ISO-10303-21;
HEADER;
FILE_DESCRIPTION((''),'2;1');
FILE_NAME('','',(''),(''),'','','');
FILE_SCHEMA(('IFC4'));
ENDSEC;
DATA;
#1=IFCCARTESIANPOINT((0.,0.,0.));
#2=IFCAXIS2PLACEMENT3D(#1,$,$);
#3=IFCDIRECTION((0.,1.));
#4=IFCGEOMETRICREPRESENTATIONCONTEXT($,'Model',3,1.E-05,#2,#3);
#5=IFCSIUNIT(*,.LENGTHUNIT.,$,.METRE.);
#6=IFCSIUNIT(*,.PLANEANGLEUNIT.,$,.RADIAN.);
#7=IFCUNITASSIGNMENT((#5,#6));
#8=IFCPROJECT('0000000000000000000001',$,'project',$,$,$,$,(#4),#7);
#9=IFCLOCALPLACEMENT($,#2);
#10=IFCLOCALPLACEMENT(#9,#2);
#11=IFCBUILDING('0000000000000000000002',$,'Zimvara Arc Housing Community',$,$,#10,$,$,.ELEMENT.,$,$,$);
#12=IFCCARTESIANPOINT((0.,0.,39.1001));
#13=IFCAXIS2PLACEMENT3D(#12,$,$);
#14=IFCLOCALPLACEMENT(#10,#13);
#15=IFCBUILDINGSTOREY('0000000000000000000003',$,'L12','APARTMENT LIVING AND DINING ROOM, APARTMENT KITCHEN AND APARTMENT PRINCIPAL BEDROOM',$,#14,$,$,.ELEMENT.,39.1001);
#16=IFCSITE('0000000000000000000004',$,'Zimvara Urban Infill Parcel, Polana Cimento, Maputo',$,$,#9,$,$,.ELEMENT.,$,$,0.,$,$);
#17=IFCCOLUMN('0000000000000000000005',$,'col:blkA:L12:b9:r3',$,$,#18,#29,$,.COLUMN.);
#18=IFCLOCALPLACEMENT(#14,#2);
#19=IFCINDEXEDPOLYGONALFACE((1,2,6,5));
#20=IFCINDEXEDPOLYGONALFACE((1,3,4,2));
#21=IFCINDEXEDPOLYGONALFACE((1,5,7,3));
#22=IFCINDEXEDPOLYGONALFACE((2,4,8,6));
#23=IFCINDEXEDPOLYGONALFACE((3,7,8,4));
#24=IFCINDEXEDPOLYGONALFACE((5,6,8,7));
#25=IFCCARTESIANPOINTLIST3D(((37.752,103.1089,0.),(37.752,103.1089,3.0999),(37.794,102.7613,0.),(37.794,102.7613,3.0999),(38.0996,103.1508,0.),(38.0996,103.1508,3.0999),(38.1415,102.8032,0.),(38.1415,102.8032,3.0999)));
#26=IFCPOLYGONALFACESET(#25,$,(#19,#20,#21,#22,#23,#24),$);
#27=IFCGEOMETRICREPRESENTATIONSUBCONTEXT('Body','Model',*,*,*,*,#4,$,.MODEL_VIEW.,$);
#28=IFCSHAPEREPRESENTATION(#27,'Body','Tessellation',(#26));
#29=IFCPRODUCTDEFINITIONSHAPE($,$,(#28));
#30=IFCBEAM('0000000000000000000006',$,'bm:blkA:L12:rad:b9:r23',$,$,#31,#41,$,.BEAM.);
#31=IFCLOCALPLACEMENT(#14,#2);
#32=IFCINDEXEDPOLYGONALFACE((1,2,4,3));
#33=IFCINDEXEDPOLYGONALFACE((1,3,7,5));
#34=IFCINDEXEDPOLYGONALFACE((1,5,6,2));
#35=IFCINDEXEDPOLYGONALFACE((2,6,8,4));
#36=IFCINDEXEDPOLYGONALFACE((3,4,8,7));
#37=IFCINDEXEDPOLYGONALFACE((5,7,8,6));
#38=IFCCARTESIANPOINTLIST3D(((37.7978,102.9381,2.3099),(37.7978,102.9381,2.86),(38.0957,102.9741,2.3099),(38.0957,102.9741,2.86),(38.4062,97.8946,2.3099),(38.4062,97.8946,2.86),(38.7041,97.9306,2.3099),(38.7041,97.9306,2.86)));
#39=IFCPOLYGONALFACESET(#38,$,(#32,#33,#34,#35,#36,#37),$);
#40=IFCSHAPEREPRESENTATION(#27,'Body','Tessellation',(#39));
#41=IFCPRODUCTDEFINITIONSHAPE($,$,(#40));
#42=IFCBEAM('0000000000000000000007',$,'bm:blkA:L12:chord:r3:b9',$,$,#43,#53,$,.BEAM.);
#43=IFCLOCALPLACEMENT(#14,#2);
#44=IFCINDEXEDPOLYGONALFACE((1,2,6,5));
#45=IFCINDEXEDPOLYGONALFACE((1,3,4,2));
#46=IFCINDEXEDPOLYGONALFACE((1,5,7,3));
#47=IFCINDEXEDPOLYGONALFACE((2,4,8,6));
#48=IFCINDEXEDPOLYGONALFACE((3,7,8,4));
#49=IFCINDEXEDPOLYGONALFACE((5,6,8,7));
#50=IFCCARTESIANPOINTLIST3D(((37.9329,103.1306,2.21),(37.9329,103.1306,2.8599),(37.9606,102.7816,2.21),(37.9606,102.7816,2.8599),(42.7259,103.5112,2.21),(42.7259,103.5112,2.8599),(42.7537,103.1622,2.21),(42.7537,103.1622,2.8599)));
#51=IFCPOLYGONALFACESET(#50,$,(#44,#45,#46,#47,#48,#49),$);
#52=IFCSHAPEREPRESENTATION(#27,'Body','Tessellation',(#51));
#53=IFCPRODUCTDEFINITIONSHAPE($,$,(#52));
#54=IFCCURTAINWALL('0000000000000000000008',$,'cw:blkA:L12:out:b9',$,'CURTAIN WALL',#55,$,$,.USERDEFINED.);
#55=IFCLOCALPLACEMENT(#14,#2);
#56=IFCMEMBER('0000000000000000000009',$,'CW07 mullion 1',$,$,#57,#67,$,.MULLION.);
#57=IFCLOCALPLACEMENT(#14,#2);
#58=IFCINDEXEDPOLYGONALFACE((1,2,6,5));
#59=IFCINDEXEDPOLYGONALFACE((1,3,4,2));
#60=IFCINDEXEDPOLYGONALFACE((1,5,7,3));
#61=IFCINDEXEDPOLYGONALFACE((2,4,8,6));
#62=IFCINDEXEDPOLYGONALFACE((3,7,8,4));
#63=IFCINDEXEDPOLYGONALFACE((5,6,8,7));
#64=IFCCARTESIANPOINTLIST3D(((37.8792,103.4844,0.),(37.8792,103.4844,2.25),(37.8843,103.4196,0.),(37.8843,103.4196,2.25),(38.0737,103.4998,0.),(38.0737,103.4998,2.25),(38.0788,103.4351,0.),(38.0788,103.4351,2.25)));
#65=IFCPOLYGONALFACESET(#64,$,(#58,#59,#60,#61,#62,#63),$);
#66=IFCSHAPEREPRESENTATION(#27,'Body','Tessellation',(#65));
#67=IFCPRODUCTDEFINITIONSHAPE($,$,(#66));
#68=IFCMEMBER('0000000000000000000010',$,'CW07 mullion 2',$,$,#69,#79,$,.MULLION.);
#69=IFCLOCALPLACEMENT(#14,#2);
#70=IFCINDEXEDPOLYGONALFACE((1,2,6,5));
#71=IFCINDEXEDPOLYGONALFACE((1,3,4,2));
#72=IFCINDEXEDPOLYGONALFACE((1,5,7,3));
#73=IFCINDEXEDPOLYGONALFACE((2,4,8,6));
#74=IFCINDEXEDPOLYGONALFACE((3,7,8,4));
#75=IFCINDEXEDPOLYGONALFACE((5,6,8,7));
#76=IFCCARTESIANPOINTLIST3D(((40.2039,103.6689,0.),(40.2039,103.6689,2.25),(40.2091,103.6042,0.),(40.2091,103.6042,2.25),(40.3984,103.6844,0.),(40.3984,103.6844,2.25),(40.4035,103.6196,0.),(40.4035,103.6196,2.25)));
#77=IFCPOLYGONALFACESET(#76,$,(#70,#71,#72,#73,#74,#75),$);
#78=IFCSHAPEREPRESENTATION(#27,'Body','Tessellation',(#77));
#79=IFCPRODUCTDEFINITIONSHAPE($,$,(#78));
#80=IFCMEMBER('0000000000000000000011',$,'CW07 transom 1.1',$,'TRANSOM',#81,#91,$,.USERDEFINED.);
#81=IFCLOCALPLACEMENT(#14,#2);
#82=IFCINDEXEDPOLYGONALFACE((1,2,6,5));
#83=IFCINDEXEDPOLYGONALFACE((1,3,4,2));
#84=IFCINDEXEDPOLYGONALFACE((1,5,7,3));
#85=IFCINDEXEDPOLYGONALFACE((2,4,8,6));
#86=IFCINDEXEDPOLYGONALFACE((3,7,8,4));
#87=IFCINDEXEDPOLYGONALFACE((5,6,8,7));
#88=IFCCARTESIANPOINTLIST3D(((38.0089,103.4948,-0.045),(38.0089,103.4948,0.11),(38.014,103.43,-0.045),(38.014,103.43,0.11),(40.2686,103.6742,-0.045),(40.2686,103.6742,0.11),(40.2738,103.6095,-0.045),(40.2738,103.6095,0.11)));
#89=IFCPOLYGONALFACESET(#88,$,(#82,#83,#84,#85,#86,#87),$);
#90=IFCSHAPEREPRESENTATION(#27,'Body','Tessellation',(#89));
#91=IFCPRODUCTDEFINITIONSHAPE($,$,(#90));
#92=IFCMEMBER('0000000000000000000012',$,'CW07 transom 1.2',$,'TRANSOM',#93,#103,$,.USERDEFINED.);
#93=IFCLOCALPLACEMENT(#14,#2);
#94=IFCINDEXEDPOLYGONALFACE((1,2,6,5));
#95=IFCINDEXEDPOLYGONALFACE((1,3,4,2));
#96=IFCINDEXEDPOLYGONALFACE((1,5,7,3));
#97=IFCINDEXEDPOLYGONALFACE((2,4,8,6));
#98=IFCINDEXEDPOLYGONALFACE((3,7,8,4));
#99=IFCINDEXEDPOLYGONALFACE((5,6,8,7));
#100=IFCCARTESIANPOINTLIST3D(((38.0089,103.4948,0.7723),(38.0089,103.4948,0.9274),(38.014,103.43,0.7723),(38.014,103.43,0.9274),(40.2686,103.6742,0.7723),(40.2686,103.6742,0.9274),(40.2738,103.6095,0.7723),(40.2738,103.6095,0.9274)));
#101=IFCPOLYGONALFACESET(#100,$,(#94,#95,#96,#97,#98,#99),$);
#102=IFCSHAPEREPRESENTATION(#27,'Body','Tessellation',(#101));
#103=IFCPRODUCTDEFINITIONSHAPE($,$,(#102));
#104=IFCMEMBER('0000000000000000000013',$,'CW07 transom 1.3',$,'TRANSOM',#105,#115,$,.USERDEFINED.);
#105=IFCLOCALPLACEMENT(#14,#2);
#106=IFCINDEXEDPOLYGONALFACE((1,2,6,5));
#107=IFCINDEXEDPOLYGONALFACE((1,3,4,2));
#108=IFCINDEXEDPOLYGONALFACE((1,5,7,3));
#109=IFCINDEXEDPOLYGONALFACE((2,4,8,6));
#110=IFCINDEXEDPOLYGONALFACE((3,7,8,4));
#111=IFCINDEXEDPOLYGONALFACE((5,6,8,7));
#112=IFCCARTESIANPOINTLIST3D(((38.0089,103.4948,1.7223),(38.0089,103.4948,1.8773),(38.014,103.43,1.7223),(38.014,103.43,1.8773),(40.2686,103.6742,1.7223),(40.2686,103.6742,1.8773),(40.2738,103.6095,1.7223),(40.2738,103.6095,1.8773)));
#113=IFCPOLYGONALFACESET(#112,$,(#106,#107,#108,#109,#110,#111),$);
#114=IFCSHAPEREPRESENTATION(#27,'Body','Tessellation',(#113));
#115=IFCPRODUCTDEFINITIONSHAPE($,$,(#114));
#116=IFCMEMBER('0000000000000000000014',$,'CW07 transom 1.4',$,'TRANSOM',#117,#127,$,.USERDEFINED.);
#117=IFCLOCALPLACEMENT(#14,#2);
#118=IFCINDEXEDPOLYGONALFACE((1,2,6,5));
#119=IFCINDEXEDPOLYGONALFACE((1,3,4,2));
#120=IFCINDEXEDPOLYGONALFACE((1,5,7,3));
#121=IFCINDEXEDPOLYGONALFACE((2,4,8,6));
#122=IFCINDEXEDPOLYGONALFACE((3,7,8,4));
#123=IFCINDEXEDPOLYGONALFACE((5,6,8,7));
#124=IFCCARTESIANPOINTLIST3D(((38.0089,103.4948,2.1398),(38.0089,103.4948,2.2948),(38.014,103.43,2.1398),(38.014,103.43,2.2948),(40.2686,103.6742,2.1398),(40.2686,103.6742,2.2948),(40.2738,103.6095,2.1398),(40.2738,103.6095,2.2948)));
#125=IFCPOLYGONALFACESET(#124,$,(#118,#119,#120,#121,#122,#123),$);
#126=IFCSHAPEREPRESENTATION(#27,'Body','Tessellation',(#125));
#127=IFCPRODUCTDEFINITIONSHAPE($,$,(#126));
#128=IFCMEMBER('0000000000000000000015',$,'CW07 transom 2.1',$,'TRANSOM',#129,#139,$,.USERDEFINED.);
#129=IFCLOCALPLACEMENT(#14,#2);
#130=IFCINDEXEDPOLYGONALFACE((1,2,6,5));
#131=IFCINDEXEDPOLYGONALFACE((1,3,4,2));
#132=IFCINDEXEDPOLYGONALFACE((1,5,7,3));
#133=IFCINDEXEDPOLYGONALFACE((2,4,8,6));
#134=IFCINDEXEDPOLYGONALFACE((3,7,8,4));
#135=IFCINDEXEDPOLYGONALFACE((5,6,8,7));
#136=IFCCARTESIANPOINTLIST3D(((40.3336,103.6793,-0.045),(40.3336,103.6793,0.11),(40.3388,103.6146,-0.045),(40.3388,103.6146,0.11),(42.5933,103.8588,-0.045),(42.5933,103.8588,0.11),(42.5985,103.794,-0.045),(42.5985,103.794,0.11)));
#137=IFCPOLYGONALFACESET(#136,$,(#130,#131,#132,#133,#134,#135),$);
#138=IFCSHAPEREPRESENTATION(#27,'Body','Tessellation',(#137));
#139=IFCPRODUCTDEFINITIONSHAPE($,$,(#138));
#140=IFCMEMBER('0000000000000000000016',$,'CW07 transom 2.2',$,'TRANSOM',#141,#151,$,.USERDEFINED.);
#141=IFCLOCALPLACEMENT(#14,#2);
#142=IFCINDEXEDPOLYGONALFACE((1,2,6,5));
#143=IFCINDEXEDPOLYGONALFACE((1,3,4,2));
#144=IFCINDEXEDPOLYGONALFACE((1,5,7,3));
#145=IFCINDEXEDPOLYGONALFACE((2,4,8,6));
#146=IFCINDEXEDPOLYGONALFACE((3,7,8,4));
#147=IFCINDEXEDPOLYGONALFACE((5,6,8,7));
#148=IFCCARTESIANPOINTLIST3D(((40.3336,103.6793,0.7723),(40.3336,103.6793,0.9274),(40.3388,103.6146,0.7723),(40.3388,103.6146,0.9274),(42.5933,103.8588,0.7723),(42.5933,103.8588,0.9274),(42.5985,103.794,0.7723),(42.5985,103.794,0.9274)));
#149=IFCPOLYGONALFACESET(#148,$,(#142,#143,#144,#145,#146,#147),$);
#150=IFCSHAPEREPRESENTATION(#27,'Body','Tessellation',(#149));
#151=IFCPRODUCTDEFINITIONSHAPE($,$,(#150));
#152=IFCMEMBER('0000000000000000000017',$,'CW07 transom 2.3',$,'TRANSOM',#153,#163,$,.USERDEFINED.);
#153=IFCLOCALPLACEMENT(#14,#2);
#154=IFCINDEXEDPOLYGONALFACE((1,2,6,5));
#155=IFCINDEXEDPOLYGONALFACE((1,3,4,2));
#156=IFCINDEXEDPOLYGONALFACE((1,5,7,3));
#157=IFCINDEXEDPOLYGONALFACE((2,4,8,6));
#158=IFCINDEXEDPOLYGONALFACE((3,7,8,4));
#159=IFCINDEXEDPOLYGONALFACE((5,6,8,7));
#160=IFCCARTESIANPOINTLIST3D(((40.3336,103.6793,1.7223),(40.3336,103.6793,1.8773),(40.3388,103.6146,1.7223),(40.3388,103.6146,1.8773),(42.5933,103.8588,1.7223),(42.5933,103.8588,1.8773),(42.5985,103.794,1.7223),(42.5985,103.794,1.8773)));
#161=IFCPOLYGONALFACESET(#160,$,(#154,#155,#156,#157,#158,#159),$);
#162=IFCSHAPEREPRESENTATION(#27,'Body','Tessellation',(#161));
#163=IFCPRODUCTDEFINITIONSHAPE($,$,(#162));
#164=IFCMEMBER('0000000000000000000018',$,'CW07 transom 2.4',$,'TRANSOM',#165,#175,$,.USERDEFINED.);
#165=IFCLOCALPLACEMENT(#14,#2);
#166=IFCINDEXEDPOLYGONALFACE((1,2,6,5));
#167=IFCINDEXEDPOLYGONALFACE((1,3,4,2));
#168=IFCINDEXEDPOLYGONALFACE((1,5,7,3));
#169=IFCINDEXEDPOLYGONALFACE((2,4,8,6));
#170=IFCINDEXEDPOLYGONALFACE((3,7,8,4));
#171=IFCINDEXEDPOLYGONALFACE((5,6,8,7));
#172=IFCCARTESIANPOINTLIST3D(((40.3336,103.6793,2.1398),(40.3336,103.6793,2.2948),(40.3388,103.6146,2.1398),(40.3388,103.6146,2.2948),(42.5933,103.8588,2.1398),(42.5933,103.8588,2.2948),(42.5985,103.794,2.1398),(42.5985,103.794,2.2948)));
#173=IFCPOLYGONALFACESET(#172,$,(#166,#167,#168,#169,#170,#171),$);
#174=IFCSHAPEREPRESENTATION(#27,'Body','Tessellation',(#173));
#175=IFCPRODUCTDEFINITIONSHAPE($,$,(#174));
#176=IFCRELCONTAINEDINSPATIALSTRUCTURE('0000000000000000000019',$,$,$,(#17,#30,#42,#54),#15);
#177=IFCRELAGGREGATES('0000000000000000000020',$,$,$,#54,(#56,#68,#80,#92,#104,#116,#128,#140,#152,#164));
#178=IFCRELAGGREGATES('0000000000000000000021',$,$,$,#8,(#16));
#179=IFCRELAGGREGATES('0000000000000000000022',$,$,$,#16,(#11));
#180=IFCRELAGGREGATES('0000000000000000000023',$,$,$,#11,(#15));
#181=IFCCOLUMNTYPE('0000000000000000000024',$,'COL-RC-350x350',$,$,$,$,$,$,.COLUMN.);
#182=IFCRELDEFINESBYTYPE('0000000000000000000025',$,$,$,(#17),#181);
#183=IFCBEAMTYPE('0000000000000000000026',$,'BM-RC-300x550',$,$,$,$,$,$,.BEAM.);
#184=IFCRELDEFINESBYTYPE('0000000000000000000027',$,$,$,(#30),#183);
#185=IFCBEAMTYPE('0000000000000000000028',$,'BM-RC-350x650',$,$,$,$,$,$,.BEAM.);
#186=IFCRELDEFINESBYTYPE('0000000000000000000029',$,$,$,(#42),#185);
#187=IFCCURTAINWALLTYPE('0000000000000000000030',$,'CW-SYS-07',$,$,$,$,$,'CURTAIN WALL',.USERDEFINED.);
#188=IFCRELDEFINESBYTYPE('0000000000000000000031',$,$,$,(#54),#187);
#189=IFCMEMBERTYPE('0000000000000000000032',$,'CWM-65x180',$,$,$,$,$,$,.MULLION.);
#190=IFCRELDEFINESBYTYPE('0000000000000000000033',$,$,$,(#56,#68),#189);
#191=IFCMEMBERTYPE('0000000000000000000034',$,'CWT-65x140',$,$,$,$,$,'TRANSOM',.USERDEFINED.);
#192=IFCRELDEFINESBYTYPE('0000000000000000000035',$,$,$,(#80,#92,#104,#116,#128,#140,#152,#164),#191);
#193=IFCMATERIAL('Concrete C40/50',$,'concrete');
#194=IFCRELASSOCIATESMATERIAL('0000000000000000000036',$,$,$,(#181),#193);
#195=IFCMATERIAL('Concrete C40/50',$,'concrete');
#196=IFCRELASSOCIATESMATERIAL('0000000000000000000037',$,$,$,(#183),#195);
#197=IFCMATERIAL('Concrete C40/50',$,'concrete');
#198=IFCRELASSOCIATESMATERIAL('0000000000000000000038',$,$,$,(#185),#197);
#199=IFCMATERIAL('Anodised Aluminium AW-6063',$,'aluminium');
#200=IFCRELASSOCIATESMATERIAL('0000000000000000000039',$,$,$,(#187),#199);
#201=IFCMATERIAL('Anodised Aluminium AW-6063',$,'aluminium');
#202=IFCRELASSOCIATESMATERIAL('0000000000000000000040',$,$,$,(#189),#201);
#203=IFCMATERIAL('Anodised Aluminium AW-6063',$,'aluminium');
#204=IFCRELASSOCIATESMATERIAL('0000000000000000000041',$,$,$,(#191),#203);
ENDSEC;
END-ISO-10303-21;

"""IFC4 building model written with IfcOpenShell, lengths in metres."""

from ifc_helpers import new_model, si_unit, direction, frame, origin, origin_2d, place, context, subcontext, project, spatial, rectangle, extrude, material, material_profile, profile_set, type_object, element, aggregate, save


model = new_model("IFC4")

# Units and contexts
model_context = context("Model", 3, precision=1e-05, world=origin(), true_north=direction((0.0, 1.0)))
body_context = subcontext(model_context, "Body", "Model", "MODEL_VIEW")
ifc_project = project(units=[si_unit("LENGTHUNIT", "METRE"), si_unit("PLANEANGLEUNIT", "RADIAN")], contexts=[model_context])

# Site, building, storey
site_placement = place(None, origin())
site = spatial("IfcSite", under=ifc_project, at=site_placement, Name="Zimvara Urban Infill Parcel, Polana Cimento, Maputo", CompositionType="ELEMENT", RefElevation=0.0)
building_placement = place(site_placement, origin())
building = spatial("IfcBuilding", under=site, at=building_placement, Name="Zimvara Arc Housing Community", CompositionType="ELEMENT")
storey_placement = place(building_placement, frame((0.0, 0.0, 39.1001)))
storey = spatial("IfcBuildingStorey", under=building, at=storey_placement, Name="L12", Description="APARTMENT LIVING AND DINING ROOM, APARTMENT KITCHEN AND APARTMENT PRINCIPAL BEDROOM", CompositionType="ELEMENT", Elevation=39.1001)

# Column
ifc_material_1 = material(Name="Concrete C40/50", Category="concrete")
ifc_material_profile_1 = material_profile(ifc_material_1, rectangle(XDim=0.3501, YDim=0.3501, at=origin_2d()), Name="RC 350x350")
ifc_profile_set_1 = profile_set([ifc_material_profile_1], Name="Concrete C40/50")
column_type = type_object("IfcColumnType", Name="COL-RC-350x350", PredefinedType="COLUMN", material=ifc_profile_set_1)
column_placement = place(storey_placement, frame((37.9468, 102.9561, 0.0), z_axis=(0.0, 0.0, 1.0), x_axis=(-0.11979, 0.992799, 0.0)))
element("IfcColumn", 1, at=column_placement, inside=storey, type_object=column_type, Name="col:blkA:L12:b9:r3", PredefinedType="COLUMN", context=body_context, shape_type="SweptSolid", body=[
    extrude(rectangle(XDim=0.3501, YDim=0.3501, at=origin_2d()), origin(), (0.0, 0.0, 1.0), 3.0999),
])

# Beams
ifc_material_2 = material(Name="Concrete C40/50", Category="concrete")
ifc_material_profile_2 = material_profile(ifc_material_2, rectangle(XDim=0.3, YDim=0.55, at=origin_2d()), Name="RC 300x550")
ifc_profile_set_2 = profile_set([ifc_material_profile_2], Name="Concrete C40/50")
beam_type_1 = type_object("IfcBeamType", Name="BM-RC-300x550", PredefinedType="BEAM", material=ifc_profile_set_2)
beam_1_placement = place(storey_placement, frame((38.5552, 97.9126, 2.585), z_axis=(-0.119763, 0.992803, 0.0), x_axis=(-0.992803, -0.119763, 0.0)))
element("IfcBeam", 2, at=beam_1_placement, inside=storey, type_object=beam_type_1, Name="bm:blkA:L12:rad:b9:r23", PredefinedType="BEAM", context=body_context, shape_type="SweptSolid", body=[
    extrude(rectangle(XDim=0.3, YDim=0.55, at=origin_2d()), origin(), (0.0, 0.0, 1.0), 5.0801),
])
ifc_material_3 = material(Name="Concrete C40/50", Category="concrete")
ifc_material_profile_3 = material_profile(ifc_material_3, rectangle(XDim=0.3501, YDim=0.6499, at=origin_2d()), Name="RC 350x650")
ifc_profile_set_3 = profile_set([ifc_material_profile_3], Name="Concrete C40/50")
beam_type_2 = type_object("IfcBeamType", Name="BM-RC-350x650", PredefinedType="BEAM", material=ifc_profile_set_3)
beam_2_placement = place(storey_placement, frame((37.9468, 102.9561, 2.5349), z_axis=(0.996862, 0.079162, 0.0), x_axis=(-0.079162, 0.996862, 0.0)))
element("IfcBeam", 3, at=beam_2_placement, inside=storey, type_object=beam_type_2, Name="bm:blkA:L12:chord:r3:b9", PredefinedType="BEAM", context=body_context, shape_type="SweptSolid", body=[
    extrude(rectangle(XDim=0.3501, YDim=0.6499, at=origin_2d()), origin(), (0.0, 0.0, 1.0), 4.8081),
])

# Curtain wall, members
ifc_material_4 = material(Name="Anodised Aluminium AW-6063", Category="aluminium")
curtain_wall_type = type_object("IfcCurtainWallType", Name="CW-SYS-07", ElementType="CURTAIN WALL", PredefinedType="USERDEFINED", material=ifc_material_4)
curtain_wall_placement = place(storey_placement, origin())
curtain_wall = element("IfcCurtainWall", 4, at=curtain_wall_placement, inside=storey, type_object=curtain_wall_type, Name="cw:blkA:L12:out:b9", ObjectType="CURTAIN WALL", PredefinedType="USERDEFINED")
ifc_material_5 = material(Name="Anodised Aluminium AW-6063", Category="aluminium")
ifc_material_profile_4 = material_profile(ifc_material_5, rectangle(XDim=0.0649, YDim=0.1951, at=origin_2d()), Name="ALU 65x195")
ifc_profile_set_4 = profile_set([ifc_material_profile_4], Name="Anodised Aluminium AW-6063")
member_type_1 = type_object("IfcMemberType", Name="CWM-65x180", PredefinedType="MULLION", material=ifc_profile_set_4)
member_1_placement = place(storey_placement, frame((37.979, 103.4597, 0.0), z_axis=(0.0, 0.0, 1.0), x_axis=(-0.079154, 0.996862, 0.0)))
member_1 = element("IfcMember", 5, at=member_1_placement, type_object=member_type_1, Name="CW07 mullion 1", PredefinedType="MULLION", context=body_context, shape_type="SweptSolid", body=[
    extrude(rectangle(XDim=0.0649, YDim=0.1951, at=origin_2d()), origin(), (0.0, 0.0, 1.0), 2.25),
])
member_2_placement = place(storey_placement, frame((40.3037, 103.6443, 0.0), z_axis=(0.0, 0.0, 1.0), x_axis=(-0.079154, 0.996862, 0.0)))
member_2 = element("IfcMember", 6, at=member_2_placement, type_object=member_type_1, Name="CW07 mullion 2", PredefinedType="MULLION", context=body_context, shape_type="SweptSolid", body=[
    extrude(rectangle(XDim=0.0649, YDim=0.1951, at=origin_2d()), origin(), (0.0, 0.0, 1.0), 2.25),
])
ifc_material_6 = material(Name="Anodised Aluminium AW-6063", Category="aluminium")
ifc_material_profile_5 = material_profile(ifc_material_6, rectangle(XDim=0.0649, YDim=0.155, at=origin_2d()), Name="ALU 65x155")
ifc_profile_set_5 = profile_set([ifc_material_profile_5], Name="Anodised Aluminium AW-6063")
member_type_2 = type_object("IfcMemberType", Name="CWT-65x140", ElementType="TRANSOM", PredefinedType="USERDEFINED", material=ifc_profile_set_5)
member_3_placement = place(storey_placement, frame((38.0115, 103.4624, 0.0325), z_axis=(0.996862, 0.079159, 0.0), x_axis=(-0.079159, 0.996862, 0.0)))
member_3 = element("IfcMember", 7, at=member_3_placement, type_object=member_type_2, Name="CW07 transom 1.1", ObjectType="TRANSOM", PredefinedType="USERDEFINED", context=body_context, shape_type="SweptSolid", body=[
    extrude(rectangle(XDim=0.0649, YDim=0.155, at=origin_2d()), origin(), (0.0, 0.0, 1.0), 2.2668),
])
member_4_placement = place(storey_placement, frame((38.0115, 103.4624, 0.8499), z_axis=(0.996862, 0.079159, 0.0), x_axis=(-0.079159, 0.996862, 0.0)))
member_4 = element("IfcMember", 8, at=member_4_placement, type_object=member_type_2, Name="CW07 transom 1.2", ObjectType="TRANSOM", PredefinedType="USERDEFINED", context=body_context, shape_type="SweptSolid", body=[
    extrude(rectangle(XDim=0.0649, YDim=0.155, at=origin_2d()), origin(), (0.0, 0.0, 1.0), 2.2668),
])
member_5_placement = place(storey_placement, frame((38.0115, 103.4624, 1.7998), z_axis=(0.996862, 0.079159, 0.0), x_axis=(-0.079159, 0.996862, 0.0)))
member_5 = element("IfcMember", 9, at=member_5_placement, type_object=member_type_2, Name="CW07 transom 1.3", ObjectType="TRANSOM", PredefinedType="USERDEFINED", context=body_context, shape_type="SweptSolid", body=[
    extrude(rectangle(XDim=0.0649, YDim=0.155, at=origin_2d()), origin(), (0.0, 0.0, 1.0), 2.2668),
])
member_6_placement = place(storey_placement, frame((38.0115, 103.4624, 2.2173), z_axis=(0.996862, 0.079159, 0.0), x_axis=(-0.079159, 0.996862, 0.0)))
member_6 = element("IfcMember", 10, at=member_6_placement, type_object=member_type_2, Name="CW07 transom 1.4", ObjectType="TRANSOM", PredefinedType="USERDEFINED", context=body_context, shape_type="SweptSolid", body=[
    extrude(rectangle(XDim=0.0649, YDim=0.155, at=origin_2d()), origin(), (0.0, 0.0, 1.0), 2.2668),
])
member_7_placement = place(storey_placement, frame((40.3362, 103.647, 0.0325), z_axis=(0.996862, 0.079159, 0.0), x_axis=(-0.079159, 0.996862, 0.0)))
member_7 = element("IfcMember", 11, at=member_7_placement, type_object=member_type_2, Name="CW07 transom 2.1", ObjectType="TRANSOM", PredefinedType="USERDEFINED", context=body_context, shape_type="SweptSolid", body=[
    extrude(rectangle(XDim=0.0649, YDim=0.155, at=origin_2d()), origin(), (0.0, 0.0, 1.0), 2.2668),
])
member_8_placement = place(storey_placement, frame((40.3362, 103.647, 0.8499), z_axis=(0.996862, 0.079159, 0.0), x_axis=(-0.079159, 0.996862, 0.0)))
member_8 = element("IfcMember", 12, at=member_8_placement, type_object=member_type_2, Name="CW07 transom 2.2", ObjectType="TRANSOM", PredefinedType="USERDEFINED", context=body_context, shape_type="SweptSolid", body=[
    extrude(rectangle(XDim=0.0649, YDim=0.155, at=origin_2d()), origin(), (0.0, 0.0, 1.0), 2.2668),
])
member_9_placement = place(storey_placement, frame((40.3362, 103.647, 1.7998), z_axis=(0.996862, 0.079159, 0.0), x_axis=(-0.079159, 0.996862, 0.0)))
member_9 = element("IfcMember", 13, at=member_9_placement, type_object=member_type_2, Name="CW07 transom 2.3", ObjectType="TRANSOM", PredefinedType="USERDEFINED", context=body_context, shape_type="SweptSolid", body=[
    extrude(rectangle(XDim=0.0649, YDim=0.155, at=origin_2d()), origin(), (0.0, 0.0, 1.0), 2.2668),
])
member_10_placement = place(storey_placement, frame((40.3362, 103.647, 2.2173), z_axis=(0.996862, 0.079159, 0.0), x_axis=(-0.079159, 0.996862, 0.0)))
member_10 = element("IfcMember", 14, at=member_10_placement, type_object=member_type_2, Name="CW07 transom 2.4", ObjectType="TRANSOM", PredefinedType="USERDEFINED", context=body_context, shape_type="SweptSolid", body=[
    extrude(rectangle(XDim=0.0649, YDim=0.155, at=origin_2d()), origin(), (0.0, 0.0, 1.0), 2.2668),
])
aggregate(curtain_wall, [member_1, member_2, member_3, member_4, member_5, member_6, member_7, member_8, member_9, member_10])

save(model, "model.ifc")
